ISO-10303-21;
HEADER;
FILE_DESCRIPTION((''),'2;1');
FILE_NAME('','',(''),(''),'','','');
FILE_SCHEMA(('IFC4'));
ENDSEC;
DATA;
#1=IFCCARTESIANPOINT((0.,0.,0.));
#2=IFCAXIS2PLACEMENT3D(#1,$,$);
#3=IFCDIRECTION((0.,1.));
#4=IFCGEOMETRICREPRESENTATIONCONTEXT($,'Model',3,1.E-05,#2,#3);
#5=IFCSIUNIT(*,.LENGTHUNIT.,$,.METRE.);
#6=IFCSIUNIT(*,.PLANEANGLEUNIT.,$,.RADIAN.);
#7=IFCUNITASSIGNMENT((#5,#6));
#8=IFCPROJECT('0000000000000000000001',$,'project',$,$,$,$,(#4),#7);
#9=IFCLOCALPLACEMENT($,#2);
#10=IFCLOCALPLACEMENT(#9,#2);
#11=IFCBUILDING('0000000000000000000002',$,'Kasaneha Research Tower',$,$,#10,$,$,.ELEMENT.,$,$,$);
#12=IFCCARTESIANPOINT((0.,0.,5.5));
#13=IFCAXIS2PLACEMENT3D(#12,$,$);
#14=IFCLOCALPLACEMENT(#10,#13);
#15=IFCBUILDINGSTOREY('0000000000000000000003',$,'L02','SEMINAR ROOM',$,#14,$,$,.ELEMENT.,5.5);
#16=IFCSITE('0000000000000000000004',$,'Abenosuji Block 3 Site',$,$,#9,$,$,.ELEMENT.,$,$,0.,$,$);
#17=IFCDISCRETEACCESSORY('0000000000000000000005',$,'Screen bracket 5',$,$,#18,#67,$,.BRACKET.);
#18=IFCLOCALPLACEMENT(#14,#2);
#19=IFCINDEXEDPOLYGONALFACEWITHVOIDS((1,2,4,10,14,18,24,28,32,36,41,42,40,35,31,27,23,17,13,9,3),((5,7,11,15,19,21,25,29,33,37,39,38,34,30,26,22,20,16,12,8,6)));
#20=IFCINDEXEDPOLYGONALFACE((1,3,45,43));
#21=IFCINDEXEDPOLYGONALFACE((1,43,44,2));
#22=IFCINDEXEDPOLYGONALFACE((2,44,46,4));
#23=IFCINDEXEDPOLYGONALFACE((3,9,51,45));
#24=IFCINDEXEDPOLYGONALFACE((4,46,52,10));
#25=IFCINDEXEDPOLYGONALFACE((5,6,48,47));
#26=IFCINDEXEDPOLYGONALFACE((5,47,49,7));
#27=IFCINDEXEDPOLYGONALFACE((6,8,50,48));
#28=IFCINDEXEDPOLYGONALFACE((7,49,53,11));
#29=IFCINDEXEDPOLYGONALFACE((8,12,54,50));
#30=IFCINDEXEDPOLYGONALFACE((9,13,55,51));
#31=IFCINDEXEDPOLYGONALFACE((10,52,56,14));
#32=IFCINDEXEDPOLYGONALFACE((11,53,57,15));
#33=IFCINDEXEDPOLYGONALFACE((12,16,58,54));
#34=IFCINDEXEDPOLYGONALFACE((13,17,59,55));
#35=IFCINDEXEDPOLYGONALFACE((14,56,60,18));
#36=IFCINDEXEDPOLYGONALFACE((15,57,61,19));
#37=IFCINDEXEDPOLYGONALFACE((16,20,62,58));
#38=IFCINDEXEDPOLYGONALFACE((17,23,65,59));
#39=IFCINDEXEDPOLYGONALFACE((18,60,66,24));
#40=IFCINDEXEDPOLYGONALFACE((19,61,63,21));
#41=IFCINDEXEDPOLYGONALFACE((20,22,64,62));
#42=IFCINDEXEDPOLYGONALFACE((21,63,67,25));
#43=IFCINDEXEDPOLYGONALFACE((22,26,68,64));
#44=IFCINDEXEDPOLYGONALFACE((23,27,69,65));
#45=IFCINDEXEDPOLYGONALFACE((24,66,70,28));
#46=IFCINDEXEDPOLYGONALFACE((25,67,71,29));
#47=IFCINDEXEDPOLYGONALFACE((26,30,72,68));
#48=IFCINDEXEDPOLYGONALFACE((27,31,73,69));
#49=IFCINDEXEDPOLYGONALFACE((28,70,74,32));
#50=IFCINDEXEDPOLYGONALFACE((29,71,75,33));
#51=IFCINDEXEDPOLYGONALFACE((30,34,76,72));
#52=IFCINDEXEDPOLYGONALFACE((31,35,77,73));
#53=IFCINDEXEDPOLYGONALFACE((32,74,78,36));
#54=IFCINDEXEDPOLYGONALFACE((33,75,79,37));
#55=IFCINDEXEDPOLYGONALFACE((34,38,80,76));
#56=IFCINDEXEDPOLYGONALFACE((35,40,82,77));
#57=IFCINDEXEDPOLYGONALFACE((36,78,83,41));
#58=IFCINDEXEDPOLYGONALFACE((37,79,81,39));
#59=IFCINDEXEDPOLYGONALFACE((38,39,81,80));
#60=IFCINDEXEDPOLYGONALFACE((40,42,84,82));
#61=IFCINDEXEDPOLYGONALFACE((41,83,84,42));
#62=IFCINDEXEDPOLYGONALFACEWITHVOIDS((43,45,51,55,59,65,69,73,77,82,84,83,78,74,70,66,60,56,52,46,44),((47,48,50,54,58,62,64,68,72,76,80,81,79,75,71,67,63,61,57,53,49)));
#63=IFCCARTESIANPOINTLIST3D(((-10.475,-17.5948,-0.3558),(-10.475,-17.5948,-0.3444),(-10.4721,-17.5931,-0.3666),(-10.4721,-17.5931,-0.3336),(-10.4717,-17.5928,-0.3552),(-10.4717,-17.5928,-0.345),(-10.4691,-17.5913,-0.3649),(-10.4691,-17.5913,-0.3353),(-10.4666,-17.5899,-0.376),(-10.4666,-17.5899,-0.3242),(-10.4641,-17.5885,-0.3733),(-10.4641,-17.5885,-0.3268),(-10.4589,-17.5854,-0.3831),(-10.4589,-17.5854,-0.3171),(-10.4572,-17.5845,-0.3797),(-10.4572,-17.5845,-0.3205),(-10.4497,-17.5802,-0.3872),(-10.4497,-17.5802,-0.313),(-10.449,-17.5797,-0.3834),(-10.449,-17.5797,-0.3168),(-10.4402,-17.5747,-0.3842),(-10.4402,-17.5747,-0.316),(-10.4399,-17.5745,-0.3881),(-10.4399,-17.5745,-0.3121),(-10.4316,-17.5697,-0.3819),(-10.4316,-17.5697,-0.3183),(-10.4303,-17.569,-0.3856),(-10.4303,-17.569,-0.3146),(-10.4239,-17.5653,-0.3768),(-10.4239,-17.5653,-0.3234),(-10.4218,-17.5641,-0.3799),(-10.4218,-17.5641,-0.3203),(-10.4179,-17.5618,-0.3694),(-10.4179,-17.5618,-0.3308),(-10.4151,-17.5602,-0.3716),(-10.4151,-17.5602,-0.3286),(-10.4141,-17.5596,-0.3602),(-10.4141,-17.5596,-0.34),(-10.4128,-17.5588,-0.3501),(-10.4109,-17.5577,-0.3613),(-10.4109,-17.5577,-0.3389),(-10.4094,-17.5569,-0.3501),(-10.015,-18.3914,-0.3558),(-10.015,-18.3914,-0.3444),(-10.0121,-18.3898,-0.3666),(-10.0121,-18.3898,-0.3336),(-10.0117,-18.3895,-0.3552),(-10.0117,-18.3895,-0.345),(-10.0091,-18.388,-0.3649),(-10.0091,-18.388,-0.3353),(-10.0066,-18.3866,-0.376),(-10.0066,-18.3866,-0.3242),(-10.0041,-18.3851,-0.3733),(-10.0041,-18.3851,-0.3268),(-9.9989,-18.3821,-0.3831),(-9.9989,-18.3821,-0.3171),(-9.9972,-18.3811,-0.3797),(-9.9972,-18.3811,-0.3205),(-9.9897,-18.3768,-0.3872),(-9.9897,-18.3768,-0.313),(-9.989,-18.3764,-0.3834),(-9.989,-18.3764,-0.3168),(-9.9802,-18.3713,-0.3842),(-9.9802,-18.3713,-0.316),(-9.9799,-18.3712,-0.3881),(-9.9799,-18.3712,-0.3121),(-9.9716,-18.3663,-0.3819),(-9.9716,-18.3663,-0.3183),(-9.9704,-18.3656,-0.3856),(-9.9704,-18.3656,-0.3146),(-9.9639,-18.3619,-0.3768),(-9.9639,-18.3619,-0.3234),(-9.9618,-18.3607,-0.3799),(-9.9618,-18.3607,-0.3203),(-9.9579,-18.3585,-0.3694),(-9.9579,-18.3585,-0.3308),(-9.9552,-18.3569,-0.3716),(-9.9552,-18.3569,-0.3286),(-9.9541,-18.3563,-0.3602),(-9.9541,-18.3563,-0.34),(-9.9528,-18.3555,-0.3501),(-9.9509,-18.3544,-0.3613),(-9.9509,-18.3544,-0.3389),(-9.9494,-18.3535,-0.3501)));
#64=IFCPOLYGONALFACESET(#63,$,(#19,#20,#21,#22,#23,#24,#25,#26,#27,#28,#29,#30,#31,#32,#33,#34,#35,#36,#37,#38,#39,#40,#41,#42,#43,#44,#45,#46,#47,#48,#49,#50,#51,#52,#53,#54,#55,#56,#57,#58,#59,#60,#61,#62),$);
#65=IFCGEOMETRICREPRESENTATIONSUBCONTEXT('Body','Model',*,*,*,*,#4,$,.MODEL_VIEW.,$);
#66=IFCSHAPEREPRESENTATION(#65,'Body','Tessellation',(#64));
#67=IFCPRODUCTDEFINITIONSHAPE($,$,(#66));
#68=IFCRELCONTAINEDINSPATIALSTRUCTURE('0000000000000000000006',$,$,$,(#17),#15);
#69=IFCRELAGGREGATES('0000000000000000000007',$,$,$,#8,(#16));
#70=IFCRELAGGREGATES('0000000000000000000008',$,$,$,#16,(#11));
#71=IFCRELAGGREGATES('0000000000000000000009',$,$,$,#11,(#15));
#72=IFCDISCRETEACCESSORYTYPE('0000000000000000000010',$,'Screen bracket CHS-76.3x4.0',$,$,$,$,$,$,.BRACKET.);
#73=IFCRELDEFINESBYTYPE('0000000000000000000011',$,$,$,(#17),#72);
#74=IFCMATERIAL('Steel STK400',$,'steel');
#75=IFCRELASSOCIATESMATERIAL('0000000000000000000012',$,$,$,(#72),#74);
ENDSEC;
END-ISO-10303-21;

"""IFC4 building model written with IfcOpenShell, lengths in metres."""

from ifc_helpers import new_model, si_unit, direction, frame, origin, origin_2d, place, context, subcontext, project, spatial, hollow_circle, extrude, material, material_profile, profile_set, type_object, element, save


model = new_model("IFC4")

# Units and contexts
model_context = context("Model", 3, precision=1e-05, world=origin(), true_north=direction((0.0, 1.0)))
body_context = subcontext(model_context, "Body", "Model", "MODEL_VIEW")
ifc_project = project(units=[si_unit("LENGTHUNIT", "METRE"), si_unit("PLANEANGLEUNIT", "RADIAN")], contexts=[model_context])

# Site, building, storey
site_placement = place(None, origin())
site = spatial("IfcSite", under=ifc_project, at=site_placement, Name="Abenosuji Block 3 Site", CompositionType="ELEMENT", RefElevation=0.0)
building_placement = place(site_placement, origin())
building = spatial("IfcBuilding", under=site, at=building_placement, Name="Kasaneha Research Tower", CompositionType="ELEMENT")
storey_placement = place(building_placement, frame((0.0, 0.0, 5.5)))
storey = spatial("IfcBuildingStorey", under=building, at=storey_placement, Name="L02", Description="SEMINAR ROOM", CompositionType="ELEMENT", Elevation=5.5)

# Discrete accessory
ifc_material_1 = material(Name="Steel STK400", Category="steel")
ifc_material_profile_1 = material_profile(ifc_material_1, hollow_circle(Radius=0.0381, WallThickness=0.0039, at=origin_2d()), Name="CHS-76.3x4.0")
ifc_profile_set_1 = profile_set([ifc_material_profile_1], Name="Steel STK400")
discrete_accessory_type = type_object("IfcDiscreteAccessoryType", Name="Screen bracket CHS-76.3x4.0", PredefinedType="BRACKET", material=ifc_profile_set_1)
discrete_accessory_1_placement = place(storey_placement, frame((-10.4424, -17.5759, -0.3501), z_axis=(0.500021, -0.866013, 0.0), x_axis=(0.866013, 0.500021, 0.0)))
element("IfcDiscreteAccessory", 1, at=discrete_accessory_1_placement, inside=storey, type_object=discrete_accessory_type, Name="Screen bracket 5", PredefinedType="BRACKET", context=body_context, shape_type="SweptSolid", body=[
    extrude(hollow_circle(Radius=0.0381, WallThickness=0.0039, at=origin_2d()), origin(), (0.0, 0.0, 1.0), 0.9199),
])

save(model, "model.ifc")
